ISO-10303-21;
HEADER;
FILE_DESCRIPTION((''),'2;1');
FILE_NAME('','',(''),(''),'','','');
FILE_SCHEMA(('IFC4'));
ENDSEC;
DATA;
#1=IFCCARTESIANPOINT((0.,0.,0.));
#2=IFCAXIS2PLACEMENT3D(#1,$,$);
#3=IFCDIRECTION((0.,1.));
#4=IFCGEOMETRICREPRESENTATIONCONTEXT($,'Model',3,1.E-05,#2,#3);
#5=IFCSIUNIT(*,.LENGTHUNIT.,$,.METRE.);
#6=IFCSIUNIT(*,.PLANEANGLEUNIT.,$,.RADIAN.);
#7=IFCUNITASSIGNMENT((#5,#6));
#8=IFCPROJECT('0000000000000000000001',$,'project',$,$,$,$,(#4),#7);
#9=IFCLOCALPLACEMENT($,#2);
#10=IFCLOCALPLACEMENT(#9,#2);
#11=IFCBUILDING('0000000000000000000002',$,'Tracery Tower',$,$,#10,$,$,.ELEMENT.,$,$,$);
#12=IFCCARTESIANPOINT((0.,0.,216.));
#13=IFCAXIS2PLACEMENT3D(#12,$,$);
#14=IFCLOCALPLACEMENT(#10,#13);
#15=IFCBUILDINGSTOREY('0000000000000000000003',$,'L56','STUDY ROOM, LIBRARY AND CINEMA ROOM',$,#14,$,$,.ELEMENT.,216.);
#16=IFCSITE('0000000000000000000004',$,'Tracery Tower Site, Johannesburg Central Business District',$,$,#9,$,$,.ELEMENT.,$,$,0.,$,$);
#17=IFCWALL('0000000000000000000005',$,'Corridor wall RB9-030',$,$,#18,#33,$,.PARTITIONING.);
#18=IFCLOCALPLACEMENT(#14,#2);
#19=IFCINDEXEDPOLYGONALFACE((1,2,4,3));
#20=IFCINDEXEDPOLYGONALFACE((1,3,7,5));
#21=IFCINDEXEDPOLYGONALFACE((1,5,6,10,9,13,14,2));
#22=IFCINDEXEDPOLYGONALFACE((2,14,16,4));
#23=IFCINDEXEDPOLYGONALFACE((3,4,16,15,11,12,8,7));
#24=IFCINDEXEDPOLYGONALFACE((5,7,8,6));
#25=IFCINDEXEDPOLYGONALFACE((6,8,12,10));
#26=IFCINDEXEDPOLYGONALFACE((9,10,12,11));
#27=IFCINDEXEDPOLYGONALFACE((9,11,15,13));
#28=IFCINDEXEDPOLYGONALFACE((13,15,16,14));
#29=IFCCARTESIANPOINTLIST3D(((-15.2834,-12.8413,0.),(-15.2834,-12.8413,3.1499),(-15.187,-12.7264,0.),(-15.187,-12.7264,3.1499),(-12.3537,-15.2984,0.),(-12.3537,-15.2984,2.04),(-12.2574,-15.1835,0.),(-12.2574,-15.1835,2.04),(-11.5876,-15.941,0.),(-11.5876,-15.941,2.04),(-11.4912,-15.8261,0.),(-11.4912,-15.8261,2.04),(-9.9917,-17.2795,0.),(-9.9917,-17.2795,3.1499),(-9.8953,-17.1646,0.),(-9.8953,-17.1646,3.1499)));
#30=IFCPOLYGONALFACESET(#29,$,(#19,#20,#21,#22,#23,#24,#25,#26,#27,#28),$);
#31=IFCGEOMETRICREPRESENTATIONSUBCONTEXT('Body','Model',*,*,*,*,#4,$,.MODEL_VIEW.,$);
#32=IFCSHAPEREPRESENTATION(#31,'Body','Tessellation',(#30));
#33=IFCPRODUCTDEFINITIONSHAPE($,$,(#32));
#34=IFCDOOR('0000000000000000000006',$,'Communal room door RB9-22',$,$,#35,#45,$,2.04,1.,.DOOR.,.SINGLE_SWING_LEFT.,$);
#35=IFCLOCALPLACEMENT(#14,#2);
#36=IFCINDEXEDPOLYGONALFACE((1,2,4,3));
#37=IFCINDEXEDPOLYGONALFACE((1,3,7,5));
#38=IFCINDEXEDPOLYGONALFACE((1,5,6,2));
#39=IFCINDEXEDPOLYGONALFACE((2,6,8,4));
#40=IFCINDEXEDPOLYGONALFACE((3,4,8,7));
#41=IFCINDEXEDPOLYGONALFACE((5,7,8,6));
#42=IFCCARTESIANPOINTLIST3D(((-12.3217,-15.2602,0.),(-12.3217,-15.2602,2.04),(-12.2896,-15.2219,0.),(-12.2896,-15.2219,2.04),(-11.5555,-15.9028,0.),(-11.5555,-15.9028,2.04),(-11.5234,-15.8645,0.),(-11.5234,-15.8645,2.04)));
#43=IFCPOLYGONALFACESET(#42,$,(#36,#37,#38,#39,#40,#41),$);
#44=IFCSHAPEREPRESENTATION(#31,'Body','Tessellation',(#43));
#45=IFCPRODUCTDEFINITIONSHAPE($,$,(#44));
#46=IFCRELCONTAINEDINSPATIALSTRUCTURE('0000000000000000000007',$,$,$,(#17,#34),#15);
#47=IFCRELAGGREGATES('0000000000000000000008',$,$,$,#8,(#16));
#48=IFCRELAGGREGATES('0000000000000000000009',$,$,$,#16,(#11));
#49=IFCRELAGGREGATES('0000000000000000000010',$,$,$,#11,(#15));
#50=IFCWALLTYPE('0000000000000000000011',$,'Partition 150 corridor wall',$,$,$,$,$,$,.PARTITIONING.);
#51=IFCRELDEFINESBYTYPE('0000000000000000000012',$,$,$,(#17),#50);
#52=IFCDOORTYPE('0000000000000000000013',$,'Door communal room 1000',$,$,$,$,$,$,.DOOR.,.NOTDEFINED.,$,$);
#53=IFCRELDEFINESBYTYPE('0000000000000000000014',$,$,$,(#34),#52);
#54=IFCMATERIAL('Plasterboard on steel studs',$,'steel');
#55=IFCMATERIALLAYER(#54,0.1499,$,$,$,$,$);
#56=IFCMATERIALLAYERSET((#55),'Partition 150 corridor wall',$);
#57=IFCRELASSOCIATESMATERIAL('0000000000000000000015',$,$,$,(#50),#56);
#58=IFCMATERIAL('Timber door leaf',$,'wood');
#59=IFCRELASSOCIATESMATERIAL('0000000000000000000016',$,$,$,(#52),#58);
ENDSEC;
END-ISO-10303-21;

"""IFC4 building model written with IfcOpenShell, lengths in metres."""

from ifc_helpers import new_model, si_unit, direction, frame, frame_2d, origin, place, context, subcontext, project, spatial, rectangle, extrude, material, layer, layer_set, type_object, element, fill, save


model = new_model("IFC4")

# Units and contexts
model_context = context("Model", 3, precision=1e-05, world=origin(), true_north=direction((0.0, 1.0)))
body_context = subcontext(model_context, "Body", "Model", "MODEL_VIEW")
ifc_project = project(units=[si_unit("LENGTHUNIT", "METRE"), si_unit("PLANEANGLEUNIT", "RADIAN")], contexts=[model_context])

# Site, building, storey
site_placement = place(None, origin())
site = spatial("IfcSite", under=ifc_project, at=site_placement, Name="Tracery Tower Site, Johannesburg Central Business District", CompositionType="ELEMENT", RefElevation=0.0)
building_placement = place(site_placement, origin())
building = spatial("IfcBuilding", under=site, at=building_placement, Name="Tracery Tower", CompositionType="ELEMENT")
storey_placement = place(building_placement, frame((0.0, 0.0, 216.0)))
storey = spatial("IfcBuildingStorey", under=building, at=storey_placement, Name="L56", Description="STUDY ROOM, LIBRARY AND CINEMA ROOM", CompositionType="ELEMENT", Elevation=216.0)

# Shared definitions
ifc_material_1 = material(Name="Plasterboard on steel studs", Category="steel")
ifc_layer_1 = layer(ifc_material_1, 0.1499)
ifc_layer_set_1 = layer_set([ifc_layer_1], Name="Partition 150 corridor wall")
wall_type_1 = type_object("IfcWallType", Name="Partition 150 corridor wall", PredefinedType="PARTITIONING", material=ifc_layer_set_1)

# Wall, opening, door
wall_1_placement = place(storey_placement, frame((-15.2351, -12.7839, 0.0), z_axis=(0.0, 0.0, 1.0), x_axis=(0.766192, -0.642612, 0.0)))
wall_1 = element("IfcWall", 1, at=wall_1_placement, inside=storey, type_object=wall_type_1, Name="Corridor wall RB9-030", PredefinedType="PARTITIONING", context=body_context, shape_type="SweptSolid", body=[
    extrude(rectangle(XDim=6.9065, YDim=0.1499, at=frame_2d((3.4531, 0.0))), origin(), (0.0, 0.0, 1.0), 3.1499),
])
opening_1_placement = place(wall_1_placement, frame((3.8235, 0.0, 0.0)))
opening_1 = element("IfcOpeningElement", 2, at=opening_1_placement, cuts=wall_1, PredefinedType="OPENING", context=body_context, shape_type="SweptSolid", body=[
    extrude(rectangle(XDim=1.0, YDim=2.04, at=frame_2d((0.5, 1.02))), frame((0.0, 0.075, 0.0), z_axis=(0.0, -1.0, 0.0), x_axis=(1.0, 0.0, 0.0)), (0.0, 0.0, 1.0), 0.1499),
])
ifc_material_2 = material(Name="Timber door leaf", Category="wood")
door_type = type_object("IfcDoorType", Name="Door communal room 1000", OperationType="NOTDEFINED", PredefinedType="DOOR", material=ifc_material_2)
door_placement = place(opening_1_placement, origin())
door = element("IfcDoor", 3, at=door_placement, inside=storey, type_object=door_type, Name="Communal room door RB9-22", OperationType="SINGLE_SWING_LEFT", OverallHeight=2.04, OverallWidth=1.0, PredefinedType="DOOR", context=body_context, shape_type="SweptSolid", body=[
    extrude(rectangle(XDim=1.0, YDim=2.04, at=frame_2d((0.5, 1.02))), frame((0.0, 0.0249, 0.0), z_axis=(0.0, -1.0, 0.0), x_axis=(1.0, 0.0, 0.0)), (0.0, 0.0, 1.0), 0.05),
])
fill(opening_1, door)

save(model, "model.ifc")
